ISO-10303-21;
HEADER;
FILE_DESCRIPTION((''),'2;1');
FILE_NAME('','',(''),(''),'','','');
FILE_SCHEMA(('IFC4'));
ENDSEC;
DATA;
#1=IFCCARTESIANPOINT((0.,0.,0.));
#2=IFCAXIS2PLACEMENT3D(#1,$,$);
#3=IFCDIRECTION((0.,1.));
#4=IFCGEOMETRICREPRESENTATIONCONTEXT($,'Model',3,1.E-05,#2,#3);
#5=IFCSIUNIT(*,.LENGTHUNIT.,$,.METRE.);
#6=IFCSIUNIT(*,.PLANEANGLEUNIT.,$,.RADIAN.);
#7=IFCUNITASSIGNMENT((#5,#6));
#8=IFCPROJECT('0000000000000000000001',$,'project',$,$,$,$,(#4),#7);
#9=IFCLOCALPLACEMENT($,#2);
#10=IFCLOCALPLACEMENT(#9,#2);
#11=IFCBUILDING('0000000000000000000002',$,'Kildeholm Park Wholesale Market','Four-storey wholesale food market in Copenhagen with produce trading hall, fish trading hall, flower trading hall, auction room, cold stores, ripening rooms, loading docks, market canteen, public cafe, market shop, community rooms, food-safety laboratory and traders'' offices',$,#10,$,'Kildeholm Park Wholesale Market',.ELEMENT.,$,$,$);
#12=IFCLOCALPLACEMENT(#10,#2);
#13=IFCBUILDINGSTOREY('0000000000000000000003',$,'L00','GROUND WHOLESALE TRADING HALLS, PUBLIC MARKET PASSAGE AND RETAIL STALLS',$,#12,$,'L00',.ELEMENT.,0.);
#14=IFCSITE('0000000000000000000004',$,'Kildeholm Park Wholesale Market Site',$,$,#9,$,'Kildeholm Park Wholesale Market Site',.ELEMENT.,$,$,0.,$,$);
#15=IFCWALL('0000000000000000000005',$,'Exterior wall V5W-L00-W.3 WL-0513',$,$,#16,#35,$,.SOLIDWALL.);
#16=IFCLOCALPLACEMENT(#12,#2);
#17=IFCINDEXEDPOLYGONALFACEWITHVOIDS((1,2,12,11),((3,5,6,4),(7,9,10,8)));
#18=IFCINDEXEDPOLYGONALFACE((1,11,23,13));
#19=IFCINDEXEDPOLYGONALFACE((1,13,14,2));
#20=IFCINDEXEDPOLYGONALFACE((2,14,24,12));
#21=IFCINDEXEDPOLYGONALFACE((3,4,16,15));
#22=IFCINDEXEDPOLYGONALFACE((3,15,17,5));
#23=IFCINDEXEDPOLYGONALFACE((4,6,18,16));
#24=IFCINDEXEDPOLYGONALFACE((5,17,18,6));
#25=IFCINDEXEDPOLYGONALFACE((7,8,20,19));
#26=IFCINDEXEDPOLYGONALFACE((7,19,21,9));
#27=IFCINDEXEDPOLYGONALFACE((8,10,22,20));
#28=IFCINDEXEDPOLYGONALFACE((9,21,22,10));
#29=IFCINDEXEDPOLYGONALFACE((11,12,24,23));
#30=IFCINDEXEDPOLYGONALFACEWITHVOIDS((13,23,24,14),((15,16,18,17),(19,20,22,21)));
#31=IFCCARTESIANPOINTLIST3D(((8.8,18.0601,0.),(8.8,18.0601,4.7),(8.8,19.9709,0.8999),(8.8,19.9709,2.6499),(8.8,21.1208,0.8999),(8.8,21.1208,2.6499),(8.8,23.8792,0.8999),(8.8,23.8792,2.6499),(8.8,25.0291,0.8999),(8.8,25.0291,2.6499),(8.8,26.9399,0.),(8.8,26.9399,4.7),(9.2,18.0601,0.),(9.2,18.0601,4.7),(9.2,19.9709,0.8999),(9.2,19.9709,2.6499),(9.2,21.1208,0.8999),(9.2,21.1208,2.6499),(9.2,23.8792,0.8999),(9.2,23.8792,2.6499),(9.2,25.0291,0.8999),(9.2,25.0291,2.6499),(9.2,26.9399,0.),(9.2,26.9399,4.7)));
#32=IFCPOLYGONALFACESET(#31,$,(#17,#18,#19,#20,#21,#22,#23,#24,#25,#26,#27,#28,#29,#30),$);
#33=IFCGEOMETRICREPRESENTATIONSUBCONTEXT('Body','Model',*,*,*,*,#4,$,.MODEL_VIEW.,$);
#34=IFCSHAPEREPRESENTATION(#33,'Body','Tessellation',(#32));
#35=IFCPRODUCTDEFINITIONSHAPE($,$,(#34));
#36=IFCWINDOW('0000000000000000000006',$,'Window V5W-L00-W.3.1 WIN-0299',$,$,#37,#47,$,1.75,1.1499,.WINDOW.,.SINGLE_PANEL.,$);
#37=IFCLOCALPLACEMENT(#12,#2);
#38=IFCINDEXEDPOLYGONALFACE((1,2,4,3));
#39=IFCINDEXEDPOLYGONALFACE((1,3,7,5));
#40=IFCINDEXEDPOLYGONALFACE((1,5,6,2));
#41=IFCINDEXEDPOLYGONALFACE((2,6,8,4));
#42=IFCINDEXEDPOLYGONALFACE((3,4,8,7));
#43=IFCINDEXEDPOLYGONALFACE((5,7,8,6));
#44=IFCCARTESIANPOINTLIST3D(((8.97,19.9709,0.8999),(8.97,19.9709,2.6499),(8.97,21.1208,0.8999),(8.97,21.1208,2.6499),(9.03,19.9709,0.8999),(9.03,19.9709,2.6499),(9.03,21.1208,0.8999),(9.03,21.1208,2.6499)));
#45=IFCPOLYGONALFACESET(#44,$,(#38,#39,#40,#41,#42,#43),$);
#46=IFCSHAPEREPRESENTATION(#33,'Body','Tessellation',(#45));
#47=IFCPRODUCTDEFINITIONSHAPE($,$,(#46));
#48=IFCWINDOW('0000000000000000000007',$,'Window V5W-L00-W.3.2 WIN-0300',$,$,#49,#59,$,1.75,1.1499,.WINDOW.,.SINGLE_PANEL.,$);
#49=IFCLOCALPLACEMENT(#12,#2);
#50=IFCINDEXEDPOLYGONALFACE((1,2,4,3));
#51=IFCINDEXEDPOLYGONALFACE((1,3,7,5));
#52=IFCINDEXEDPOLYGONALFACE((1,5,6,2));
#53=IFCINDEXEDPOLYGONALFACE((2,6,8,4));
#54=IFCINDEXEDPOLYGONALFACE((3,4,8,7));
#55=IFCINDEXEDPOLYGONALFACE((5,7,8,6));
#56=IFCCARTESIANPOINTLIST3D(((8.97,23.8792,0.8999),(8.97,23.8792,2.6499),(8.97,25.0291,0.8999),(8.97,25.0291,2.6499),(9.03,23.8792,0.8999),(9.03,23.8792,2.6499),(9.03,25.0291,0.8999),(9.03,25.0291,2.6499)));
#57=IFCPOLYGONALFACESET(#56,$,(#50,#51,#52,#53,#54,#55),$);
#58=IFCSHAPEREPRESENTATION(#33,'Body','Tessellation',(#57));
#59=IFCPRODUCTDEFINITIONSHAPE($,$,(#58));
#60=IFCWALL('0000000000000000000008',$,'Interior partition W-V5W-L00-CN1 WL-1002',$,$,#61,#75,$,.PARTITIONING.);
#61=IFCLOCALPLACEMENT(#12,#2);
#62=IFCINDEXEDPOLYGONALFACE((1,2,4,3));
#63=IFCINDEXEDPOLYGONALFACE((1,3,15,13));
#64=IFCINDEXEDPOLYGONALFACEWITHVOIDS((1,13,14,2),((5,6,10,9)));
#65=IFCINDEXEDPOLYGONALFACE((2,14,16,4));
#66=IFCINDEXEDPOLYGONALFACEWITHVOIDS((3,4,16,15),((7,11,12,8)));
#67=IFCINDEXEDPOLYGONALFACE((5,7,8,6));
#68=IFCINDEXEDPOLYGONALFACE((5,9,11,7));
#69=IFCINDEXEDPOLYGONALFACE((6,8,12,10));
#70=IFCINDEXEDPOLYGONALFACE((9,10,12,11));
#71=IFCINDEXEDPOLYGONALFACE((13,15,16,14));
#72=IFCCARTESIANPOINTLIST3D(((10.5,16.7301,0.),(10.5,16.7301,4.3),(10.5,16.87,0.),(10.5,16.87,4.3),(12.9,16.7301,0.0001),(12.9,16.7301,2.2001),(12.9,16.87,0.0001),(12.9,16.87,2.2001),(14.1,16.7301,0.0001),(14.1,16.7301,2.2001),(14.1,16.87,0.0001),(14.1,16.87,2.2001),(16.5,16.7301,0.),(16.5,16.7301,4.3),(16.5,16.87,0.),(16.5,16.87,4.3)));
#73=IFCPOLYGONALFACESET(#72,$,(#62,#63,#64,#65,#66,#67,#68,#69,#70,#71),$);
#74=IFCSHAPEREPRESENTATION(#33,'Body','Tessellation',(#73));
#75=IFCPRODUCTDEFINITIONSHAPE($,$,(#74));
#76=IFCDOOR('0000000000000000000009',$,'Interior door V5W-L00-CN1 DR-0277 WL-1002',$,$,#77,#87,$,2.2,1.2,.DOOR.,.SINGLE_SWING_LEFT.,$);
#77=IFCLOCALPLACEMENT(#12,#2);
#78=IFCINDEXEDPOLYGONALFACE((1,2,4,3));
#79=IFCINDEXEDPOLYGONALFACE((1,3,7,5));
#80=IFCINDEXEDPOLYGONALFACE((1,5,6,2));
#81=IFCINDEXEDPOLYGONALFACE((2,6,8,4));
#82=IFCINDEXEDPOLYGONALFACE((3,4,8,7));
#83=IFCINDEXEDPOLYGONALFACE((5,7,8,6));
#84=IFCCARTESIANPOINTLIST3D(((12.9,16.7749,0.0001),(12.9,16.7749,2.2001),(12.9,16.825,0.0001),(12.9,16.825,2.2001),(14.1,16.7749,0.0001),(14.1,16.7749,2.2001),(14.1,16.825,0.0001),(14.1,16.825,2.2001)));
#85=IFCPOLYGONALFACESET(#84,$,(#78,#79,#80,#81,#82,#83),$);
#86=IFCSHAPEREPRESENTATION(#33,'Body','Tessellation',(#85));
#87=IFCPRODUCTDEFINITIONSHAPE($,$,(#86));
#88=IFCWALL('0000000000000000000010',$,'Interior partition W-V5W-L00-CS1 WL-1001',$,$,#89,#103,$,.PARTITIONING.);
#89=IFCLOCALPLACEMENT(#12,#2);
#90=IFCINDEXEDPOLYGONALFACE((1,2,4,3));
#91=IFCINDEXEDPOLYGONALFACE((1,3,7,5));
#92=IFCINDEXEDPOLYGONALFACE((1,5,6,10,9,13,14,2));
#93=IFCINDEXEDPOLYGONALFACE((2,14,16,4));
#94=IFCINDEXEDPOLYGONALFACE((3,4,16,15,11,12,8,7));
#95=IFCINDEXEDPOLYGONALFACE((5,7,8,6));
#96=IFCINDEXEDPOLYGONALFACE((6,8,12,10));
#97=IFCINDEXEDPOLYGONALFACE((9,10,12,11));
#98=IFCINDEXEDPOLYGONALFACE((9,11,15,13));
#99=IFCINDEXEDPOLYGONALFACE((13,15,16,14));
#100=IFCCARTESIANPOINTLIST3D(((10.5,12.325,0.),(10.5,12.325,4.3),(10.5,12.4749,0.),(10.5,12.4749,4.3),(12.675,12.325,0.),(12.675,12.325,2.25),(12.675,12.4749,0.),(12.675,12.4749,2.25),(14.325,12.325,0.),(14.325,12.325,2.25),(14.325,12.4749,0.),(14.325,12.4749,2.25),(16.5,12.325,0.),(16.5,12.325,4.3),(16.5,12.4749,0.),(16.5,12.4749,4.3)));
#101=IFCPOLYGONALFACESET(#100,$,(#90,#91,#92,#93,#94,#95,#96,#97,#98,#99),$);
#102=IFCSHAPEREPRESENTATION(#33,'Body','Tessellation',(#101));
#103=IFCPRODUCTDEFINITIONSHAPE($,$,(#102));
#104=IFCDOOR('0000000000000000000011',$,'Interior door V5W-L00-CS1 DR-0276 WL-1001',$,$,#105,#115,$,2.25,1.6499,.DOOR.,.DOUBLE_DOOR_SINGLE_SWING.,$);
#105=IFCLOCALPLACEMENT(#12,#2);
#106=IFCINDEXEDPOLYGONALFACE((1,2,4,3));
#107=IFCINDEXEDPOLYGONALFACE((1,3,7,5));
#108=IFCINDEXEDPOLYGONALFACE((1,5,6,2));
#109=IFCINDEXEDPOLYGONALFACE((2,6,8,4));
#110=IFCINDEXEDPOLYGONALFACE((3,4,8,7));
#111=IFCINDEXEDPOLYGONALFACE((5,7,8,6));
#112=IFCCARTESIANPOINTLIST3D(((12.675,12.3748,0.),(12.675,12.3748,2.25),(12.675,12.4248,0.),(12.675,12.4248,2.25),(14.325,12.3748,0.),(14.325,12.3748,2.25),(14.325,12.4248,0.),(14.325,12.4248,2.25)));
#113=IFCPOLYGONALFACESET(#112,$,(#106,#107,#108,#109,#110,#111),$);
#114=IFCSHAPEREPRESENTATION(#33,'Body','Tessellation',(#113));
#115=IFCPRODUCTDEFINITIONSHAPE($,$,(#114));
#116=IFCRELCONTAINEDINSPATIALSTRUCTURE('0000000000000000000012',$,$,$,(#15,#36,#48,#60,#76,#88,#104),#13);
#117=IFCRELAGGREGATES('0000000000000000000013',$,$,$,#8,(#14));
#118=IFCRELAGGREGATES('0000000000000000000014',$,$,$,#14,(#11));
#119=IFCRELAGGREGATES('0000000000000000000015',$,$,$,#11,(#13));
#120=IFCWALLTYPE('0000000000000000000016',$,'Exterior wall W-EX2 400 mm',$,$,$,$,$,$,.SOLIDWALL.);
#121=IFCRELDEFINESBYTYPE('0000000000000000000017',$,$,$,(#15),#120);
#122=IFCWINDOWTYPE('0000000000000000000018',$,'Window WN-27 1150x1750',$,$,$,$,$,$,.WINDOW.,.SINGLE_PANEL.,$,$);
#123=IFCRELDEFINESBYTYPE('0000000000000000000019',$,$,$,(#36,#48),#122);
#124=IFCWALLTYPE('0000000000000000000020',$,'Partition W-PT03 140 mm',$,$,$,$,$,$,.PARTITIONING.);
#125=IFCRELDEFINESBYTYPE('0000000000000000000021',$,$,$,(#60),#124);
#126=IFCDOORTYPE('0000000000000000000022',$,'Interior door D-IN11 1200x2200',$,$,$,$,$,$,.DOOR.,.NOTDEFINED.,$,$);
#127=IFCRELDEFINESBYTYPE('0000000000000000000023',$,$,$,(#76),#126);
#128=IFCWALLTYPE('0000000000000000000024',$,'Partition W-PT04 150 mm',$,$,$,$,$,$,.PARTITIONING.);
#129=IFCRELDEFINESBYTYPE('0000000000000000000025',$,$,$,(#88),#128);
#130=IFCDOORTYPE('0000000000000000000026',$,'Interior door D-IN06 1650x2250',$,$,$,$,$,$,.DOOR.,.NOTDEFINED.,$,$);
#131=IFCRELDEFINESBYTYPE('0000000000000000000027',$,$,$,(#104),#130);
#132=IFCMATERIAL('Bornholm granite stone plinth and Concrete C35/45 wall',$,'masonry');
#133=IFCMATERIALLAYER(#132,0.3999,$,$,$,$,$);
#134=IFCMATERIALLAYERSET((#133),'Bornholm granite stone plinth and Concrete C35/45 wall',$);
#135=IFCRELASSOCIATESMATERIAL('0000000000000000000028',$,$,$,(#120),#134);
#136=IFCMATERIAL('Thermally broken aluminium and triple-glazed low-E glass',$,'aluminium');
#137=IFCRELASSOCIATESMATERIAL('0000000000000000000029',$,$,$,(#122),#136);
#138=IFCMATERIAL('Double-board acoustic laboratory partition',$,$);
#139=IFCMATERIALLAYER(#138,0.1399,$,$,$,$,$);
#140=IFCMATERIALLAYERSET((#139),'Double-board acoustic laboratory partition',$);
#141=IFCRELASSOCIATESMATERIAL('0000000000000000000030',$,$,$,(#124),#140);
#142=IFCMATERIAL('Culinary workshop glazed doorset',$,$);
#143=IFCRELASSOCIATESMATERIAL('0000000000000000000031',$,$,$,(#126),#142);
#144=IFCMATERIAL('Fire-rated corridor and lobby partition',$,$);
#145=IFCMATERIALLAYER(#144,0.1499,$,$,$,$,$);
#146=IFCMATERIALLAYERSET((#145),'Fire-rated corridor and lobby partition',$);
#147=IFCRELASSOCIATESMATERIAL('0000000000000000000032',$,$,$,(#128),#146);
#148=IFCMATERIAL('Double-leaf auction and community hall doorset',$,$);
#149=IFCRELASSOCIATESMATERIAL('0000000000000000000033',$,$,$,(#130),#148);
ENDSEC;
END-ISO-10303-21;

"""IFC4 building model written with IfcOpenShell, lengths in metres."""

from ifc_helpers import new_model, si_unit, direction, frame, frame_2d, origin, place, context, subcontext, project, spatial, rectangle, extrude, material, layer, layer_set, type_object, element, fill, save


model = new_model("IFC4")

# Units and contexts
model_context = context("Model", 3, precision=1e-05, world=origin(), true_north=direction((0.0, 1.0)))
body_context = subcontext(model_context, "Body", "Model", "MODEL_VIEW")
ifc_project = project(units=[si_unit("LENGTHUNIT", "METRE"), si_unit("PLANEANGLEUNIT", "RADIAN")], contexts=[model_context])

# Site, building, storey
site_placement = place(None, origin())
site = spatial("IfcSite", under=ifc_project, at=site_placement, Name="Kildeholm Park Wholesale Market Site", LongName="Kildeholm Park Wholesale Market Site", CompositionType="ELEMENT", RefElevation=0.0)
building_placement = place(site_placement, origin())
building = spatial("IfcBuilding", under=site, at=building_placement, Name="Kildeholm Park Wholesale Market", Description="Four-storey wholesale food market in Copenhagen with produce trading hall, fish trading hall, flower trading hall, auction room, cold stores, ripening rooms, loading docks, market canteen, public cafe, market shop, community rooms, food-safety laboratory and traders' offices", LongName="Kildeholm Park Wholesale Market", CompositionType="ELEMENT")
storey_placement = place(building_placement, origin())
storey = spatial("IfcBuildingStorey", under=building, at=storey_placement, Name="L00", Description="GROUND WHOLESALE TRADING HALLS, PUBLIC MARKET PASSAGE AND RETAIL STALLS", LongName="L00", CompositionType="ELEMENT", Elevation=0.0)

# Shared definitions
ifc_material_1 = material(Name="Bornholm granite stone plinth and Concrete C35/45 wall", Category="masonry")
ifc_layer_1 = layer(ifc_material_1, 0.3999)
ifc_layer_set_1 = layer_set([ifc_layer_1], Name="Bornholm granite stone plinth and Concrete C35/45 wall")
wall_type_1 = type_object("IfcWallType", Name="Exterior wall W-EX2 400 mm", PredefinedType="SOLIDWALL", material=ifc_layer_set_1)

# Wall, openings, windows
wall_1_placement = place(storey_placement, frame((9.0, 18.0601, 0.0), z_axis=(0.0, 0.0, 1.0), x_axis=(0.0, 1.0, 0.0)))
wall_1 = element("IfcWall", 1, at=wall_1_placement, inside=storey, type_object=wall_type_1, Name="Exterior wall V5W-L00-W.3 WL-0513", PredefinedType="SOLIDWALL", context=body_context, shape_type="SweptSolid", body=[
    extrude(rectangle(XDim=8.8799, YDim=0.3999, at=frame_2d((4.4399, 0.0))), origin(), (0.0, 0.0, 1.0), 4.7),
])
opening_1_placement = place(wall_1_placement, frame((1.9109, 0.0, 0.8999)))
opening_1 = element("IfcOpeningElement", 2, at=opening_1_placement, cuts=wall_1, PredefinedType="OPENING", context=body_context, shape_type="SweptSolid", body=[
    extrude(rectangle(XDim=1.1499, YDim=1.75, at=frame_2d((0.575, 0.875))), frame((0.0, 0.21, 0.0), z_axis=(0.0, -1.0, 0.0), x_axis=(1.0, 0.0, 0.0)), (0.0, 0.0, 1.0), 0.4199),
])
opening_2_placement = place(wall_1_placement, frame((5.8191, 0.0, 0.8999)))
opening_2 = element("IfcOpeningElement", 3, at=opening_2_placement, cuts=wall_1, PredefinedType="OPENING", context=body_context, shape_type="SweptSolid", body=[
    extrude(rectangle(XDim=1.1499, YDim=1.75, at=frame_2d((0.575, 0.875))), frame((0.0, 0.21, 0.0), z_axis=(0.0, -1.0, 0.0), x_axis=(1.0, 0.0, 0.0)), (0.0, 0.0, 1.0), 0.4199),
])
ifc_material_2 = material(Name="Thermally broken aluminium and triple-glazed low-E glass", Category="aluminium")
window_type = type_object("IfcWindowType", Name="Window WN-27 1150x1750", PartitioningType="SINGLE_PANEL", PredefinedType="WINDOW", material=ifc_material_2)
window_1_placement = place(opening_1_placement, origin())
window_1 = element("IfcWindow", 4, at=window_1_placement, inside=storey, type_object=window_type, Name="Window V5W-L00-W.3.1 WIN-0299", OverallHeight=1.75, OverallWidth=1.1499, PartitioningType="SINGLE_PANEL", PredefinedType="WINDOW", context=body_context, shape_type="SweptSolid", body=[
    extrude(rectangle(XDim=1.1499, YDim=1.75, at=frame_2d((0.575, 0.875))), frame((0.0, 0.03, 0.0), z_axis=(0.0, -1.0, 0.0), x_axis=(1.0, 0.0, 0.0)), (0.0, 0.0, 1.0), 0.0601),
])
fill(opening_1, window_1)
window_2_placement = place(opening_2_placement, origin())
window_2 = element("IfcWindow", 5, at=window_2_placement, inside=storey, type_object=window_type, Name="Window V5W-L00-W.3.2 WIN-0300", OverallHeight=1.75, OverallWidth=1.1499, PartitioningType="SINGLE_PANEL", PredefinedType="WINDOW", context=body_context, shape_type="SweptSolid", body=[
    extrude(rectangle(XDim=1.1499, YDim=1.75, at=frame_2d((0.575, 0.875))), frame((0.0, 0.03, 0.0), z_axis=(0.0, -1.0, 0.0), x_axis=(1.0, 0.0, 0.0)), (0.0, 0.0, 1.0), 0.0601),
])
fill(opening_2, window_2)

# Walls, openings, doors
ifc_material_3 = material(Name="Double-board acoustic laboratory partition")
ifc_layer_2 = layer(ifc_material_3, 0.1399)
ifc_layer_set_2 = layer_set([ifc_layer_2], Name="Double-board acoustic laboratory partition")
wall_type_2 = type_object("IfcWallType", Name="Partition W-PT03 140 mm", PredefinedType="PARTITIONING", material=ifc_layer_set_2)
wall_2_placement = place(storey_placement, frame((10.5, 16.8, 0.0), z_axis=(0.0, 0.0, 1.0), x_axis=(1.0, 0.0, 0.0)))
wall_2 = element("IfcWall", 6, at=wall_2_placement, inside=storey, type_object=wall_type_2, Name="Interior partition W-V5W-L00-CN1 WL-1002", PredefinedType="PARTITIONING", context=body_context, shape_type="SweptSolid", body=[
    extrude(rectangle(XDim=6.0, YDim=0.1399, at=frame_2d((3.0, 0.0))), origin(), (0.0, 0.0, 1.0), 4.3),
])
opening_3_placement = place(wall_2_placement, frame((2.3999, 0.0, 0.0)))
opening_3 = element("IfcOpeningElement", 7, at=opening_3_placement, cuts=wall_2, PredefinedType="OPENING", context=body_context, shape_type="SweptSolid", body=[
    extrude(rectangle(XDim=1.2, YDim=2.2, at=frame_2d((0.6001, 1.1001))), frame((0.0, 0.0798, 0.0), z_axis=(0.0, -1.0, 0.0), x_axis=(1.0, 0.0, 0.0)), (0.0, 0.0, 1.0), 0.1599),
])
ifc_material_4 = material(Name="Culinary workshop glazed doorset")
door_type_1 = type_object("IfcDoorType", Name="Interior door D-IN11 1200x2200", OperationType="NOTDEFINED", PredefinedType="DOOR", material=ifc_material_4)
door_1_placement = place(opening_3_placement, origin())
door_1 = element("IfcDoor", 8, at=door_1_placement, inside=storey, type_object=door_type_1, Name="Interior door V5W-L00-CN1 DR-0277 WL-1002", OperationType="SINGLE_SWING_LEFT", OverallHeight=2.2, OverallWidth=1.2, PredefinedType="DOOR", context=body_context, shape_type="SweptSolid", body=[
    extrude(rectangle(XDim=1.2, YDim=2.2, at=frame_2d((0.6001, 1.1001))), frame((0.0, 0.0249, 0.0), z_axis=(0.0, -1.0, 0.0), x_axis=(1.0, 0.0, 0.0)), (0.0, 0.0, 1.0), 0.05),
])
fill(opening_3, door_1)
ifc_material_5 = material(Name="Fire-rated corridor and lobby partition")
ifc_layer_3 = layer(ifc_material_5, 0.1499)
ifc_layer_set_3 = layer_set([ifc_layer_3], Name="Fire-rated corridor and lobby partition")
wall_type_3 = type_object("IfcWallType", Name="Partition W-PT04 150 mm", PredefinedType="PARTITIONING", material=ifc_layer_set_3)
wall_3_placement = place(storey_placement, frame((10.5, 12.3999, 0.0), z_axis=(0.0, 0.0, 1.0), x_axis=(1.0, 0.0, 0.0)))
wall_3 = element("IfcWall", 9, at=wall_3_placement, inside=storey, type_object=wall_type_3, Name="Interior partition W-V5W-L00-CS1 WL-1001", PredefinedType="PARTITIONING", context=body_context, shape_type="SweptSolid", body=[
    extrude(rectangle(XDim=6.0, YDim=0.1499, at=frame_2d((3.0, 0.0))), origin(), (0.0, 0.0, 1.0), 4.3),
])
opening_4_placement = place(wall_3_placement, frame((2.175, 0.0, 0.0)))
opening_4 = element("IfcOpeningElement", 10, at=opening_4_placement, cuts=wall_3, PredefinedType="OPENING", context=body_context, shape_type="SweptSolid", body=[
    extrude(rectangle(XDim=1.6499, YDim=2.25, at=frame_2d((0.825, 1.125))), frame((0.0, 0.085, 0.0), z_axis=(0.0, -1.0, 0.0), x_axis=(1.0, 0.0, 0.0)), (0.0, 0.0, 1.0), 0.1699),
])
ifc_material_6 = material(Name="Double-leaf auction and community hall doorset")
door_type_2 = type_object("IfcDoorType", Name="Interior door D-IN06 1650x2250", OperationType="NOTDEFINED", PredefinedType="DOOR", material=ifc_material_6)
door_2_placement = place(opening_4_placement, origin())
door_2 = element("IfcDoor", 11, at=door_2_placement, inside=storey, type_object=door_type_2, Name="Interior door V5W-L00-CS1 DR-0276 WL-1001", OperationType="DOUBLE_DOOR_SINGLE_SWING", OverallHeight=2.25, OverallWidth=1.6499, PredefinedType="DOOR", context=body_context, shape_type="SweptSolid", body=[
    extrude(rectangle(XDim=1.6499, YDim=2.25, at=frame_2d((0.825, 1.125))), frame((0.0, 0.0249, 0.0), z_axis=(0.0, -1.0, 0.0), x_axis=(1.0, 0.0, 0.0)), (0.0, 0.0, 1.0), 0.05),
])
fill(opening_4, door_2)

save(model, "model.ifc")
